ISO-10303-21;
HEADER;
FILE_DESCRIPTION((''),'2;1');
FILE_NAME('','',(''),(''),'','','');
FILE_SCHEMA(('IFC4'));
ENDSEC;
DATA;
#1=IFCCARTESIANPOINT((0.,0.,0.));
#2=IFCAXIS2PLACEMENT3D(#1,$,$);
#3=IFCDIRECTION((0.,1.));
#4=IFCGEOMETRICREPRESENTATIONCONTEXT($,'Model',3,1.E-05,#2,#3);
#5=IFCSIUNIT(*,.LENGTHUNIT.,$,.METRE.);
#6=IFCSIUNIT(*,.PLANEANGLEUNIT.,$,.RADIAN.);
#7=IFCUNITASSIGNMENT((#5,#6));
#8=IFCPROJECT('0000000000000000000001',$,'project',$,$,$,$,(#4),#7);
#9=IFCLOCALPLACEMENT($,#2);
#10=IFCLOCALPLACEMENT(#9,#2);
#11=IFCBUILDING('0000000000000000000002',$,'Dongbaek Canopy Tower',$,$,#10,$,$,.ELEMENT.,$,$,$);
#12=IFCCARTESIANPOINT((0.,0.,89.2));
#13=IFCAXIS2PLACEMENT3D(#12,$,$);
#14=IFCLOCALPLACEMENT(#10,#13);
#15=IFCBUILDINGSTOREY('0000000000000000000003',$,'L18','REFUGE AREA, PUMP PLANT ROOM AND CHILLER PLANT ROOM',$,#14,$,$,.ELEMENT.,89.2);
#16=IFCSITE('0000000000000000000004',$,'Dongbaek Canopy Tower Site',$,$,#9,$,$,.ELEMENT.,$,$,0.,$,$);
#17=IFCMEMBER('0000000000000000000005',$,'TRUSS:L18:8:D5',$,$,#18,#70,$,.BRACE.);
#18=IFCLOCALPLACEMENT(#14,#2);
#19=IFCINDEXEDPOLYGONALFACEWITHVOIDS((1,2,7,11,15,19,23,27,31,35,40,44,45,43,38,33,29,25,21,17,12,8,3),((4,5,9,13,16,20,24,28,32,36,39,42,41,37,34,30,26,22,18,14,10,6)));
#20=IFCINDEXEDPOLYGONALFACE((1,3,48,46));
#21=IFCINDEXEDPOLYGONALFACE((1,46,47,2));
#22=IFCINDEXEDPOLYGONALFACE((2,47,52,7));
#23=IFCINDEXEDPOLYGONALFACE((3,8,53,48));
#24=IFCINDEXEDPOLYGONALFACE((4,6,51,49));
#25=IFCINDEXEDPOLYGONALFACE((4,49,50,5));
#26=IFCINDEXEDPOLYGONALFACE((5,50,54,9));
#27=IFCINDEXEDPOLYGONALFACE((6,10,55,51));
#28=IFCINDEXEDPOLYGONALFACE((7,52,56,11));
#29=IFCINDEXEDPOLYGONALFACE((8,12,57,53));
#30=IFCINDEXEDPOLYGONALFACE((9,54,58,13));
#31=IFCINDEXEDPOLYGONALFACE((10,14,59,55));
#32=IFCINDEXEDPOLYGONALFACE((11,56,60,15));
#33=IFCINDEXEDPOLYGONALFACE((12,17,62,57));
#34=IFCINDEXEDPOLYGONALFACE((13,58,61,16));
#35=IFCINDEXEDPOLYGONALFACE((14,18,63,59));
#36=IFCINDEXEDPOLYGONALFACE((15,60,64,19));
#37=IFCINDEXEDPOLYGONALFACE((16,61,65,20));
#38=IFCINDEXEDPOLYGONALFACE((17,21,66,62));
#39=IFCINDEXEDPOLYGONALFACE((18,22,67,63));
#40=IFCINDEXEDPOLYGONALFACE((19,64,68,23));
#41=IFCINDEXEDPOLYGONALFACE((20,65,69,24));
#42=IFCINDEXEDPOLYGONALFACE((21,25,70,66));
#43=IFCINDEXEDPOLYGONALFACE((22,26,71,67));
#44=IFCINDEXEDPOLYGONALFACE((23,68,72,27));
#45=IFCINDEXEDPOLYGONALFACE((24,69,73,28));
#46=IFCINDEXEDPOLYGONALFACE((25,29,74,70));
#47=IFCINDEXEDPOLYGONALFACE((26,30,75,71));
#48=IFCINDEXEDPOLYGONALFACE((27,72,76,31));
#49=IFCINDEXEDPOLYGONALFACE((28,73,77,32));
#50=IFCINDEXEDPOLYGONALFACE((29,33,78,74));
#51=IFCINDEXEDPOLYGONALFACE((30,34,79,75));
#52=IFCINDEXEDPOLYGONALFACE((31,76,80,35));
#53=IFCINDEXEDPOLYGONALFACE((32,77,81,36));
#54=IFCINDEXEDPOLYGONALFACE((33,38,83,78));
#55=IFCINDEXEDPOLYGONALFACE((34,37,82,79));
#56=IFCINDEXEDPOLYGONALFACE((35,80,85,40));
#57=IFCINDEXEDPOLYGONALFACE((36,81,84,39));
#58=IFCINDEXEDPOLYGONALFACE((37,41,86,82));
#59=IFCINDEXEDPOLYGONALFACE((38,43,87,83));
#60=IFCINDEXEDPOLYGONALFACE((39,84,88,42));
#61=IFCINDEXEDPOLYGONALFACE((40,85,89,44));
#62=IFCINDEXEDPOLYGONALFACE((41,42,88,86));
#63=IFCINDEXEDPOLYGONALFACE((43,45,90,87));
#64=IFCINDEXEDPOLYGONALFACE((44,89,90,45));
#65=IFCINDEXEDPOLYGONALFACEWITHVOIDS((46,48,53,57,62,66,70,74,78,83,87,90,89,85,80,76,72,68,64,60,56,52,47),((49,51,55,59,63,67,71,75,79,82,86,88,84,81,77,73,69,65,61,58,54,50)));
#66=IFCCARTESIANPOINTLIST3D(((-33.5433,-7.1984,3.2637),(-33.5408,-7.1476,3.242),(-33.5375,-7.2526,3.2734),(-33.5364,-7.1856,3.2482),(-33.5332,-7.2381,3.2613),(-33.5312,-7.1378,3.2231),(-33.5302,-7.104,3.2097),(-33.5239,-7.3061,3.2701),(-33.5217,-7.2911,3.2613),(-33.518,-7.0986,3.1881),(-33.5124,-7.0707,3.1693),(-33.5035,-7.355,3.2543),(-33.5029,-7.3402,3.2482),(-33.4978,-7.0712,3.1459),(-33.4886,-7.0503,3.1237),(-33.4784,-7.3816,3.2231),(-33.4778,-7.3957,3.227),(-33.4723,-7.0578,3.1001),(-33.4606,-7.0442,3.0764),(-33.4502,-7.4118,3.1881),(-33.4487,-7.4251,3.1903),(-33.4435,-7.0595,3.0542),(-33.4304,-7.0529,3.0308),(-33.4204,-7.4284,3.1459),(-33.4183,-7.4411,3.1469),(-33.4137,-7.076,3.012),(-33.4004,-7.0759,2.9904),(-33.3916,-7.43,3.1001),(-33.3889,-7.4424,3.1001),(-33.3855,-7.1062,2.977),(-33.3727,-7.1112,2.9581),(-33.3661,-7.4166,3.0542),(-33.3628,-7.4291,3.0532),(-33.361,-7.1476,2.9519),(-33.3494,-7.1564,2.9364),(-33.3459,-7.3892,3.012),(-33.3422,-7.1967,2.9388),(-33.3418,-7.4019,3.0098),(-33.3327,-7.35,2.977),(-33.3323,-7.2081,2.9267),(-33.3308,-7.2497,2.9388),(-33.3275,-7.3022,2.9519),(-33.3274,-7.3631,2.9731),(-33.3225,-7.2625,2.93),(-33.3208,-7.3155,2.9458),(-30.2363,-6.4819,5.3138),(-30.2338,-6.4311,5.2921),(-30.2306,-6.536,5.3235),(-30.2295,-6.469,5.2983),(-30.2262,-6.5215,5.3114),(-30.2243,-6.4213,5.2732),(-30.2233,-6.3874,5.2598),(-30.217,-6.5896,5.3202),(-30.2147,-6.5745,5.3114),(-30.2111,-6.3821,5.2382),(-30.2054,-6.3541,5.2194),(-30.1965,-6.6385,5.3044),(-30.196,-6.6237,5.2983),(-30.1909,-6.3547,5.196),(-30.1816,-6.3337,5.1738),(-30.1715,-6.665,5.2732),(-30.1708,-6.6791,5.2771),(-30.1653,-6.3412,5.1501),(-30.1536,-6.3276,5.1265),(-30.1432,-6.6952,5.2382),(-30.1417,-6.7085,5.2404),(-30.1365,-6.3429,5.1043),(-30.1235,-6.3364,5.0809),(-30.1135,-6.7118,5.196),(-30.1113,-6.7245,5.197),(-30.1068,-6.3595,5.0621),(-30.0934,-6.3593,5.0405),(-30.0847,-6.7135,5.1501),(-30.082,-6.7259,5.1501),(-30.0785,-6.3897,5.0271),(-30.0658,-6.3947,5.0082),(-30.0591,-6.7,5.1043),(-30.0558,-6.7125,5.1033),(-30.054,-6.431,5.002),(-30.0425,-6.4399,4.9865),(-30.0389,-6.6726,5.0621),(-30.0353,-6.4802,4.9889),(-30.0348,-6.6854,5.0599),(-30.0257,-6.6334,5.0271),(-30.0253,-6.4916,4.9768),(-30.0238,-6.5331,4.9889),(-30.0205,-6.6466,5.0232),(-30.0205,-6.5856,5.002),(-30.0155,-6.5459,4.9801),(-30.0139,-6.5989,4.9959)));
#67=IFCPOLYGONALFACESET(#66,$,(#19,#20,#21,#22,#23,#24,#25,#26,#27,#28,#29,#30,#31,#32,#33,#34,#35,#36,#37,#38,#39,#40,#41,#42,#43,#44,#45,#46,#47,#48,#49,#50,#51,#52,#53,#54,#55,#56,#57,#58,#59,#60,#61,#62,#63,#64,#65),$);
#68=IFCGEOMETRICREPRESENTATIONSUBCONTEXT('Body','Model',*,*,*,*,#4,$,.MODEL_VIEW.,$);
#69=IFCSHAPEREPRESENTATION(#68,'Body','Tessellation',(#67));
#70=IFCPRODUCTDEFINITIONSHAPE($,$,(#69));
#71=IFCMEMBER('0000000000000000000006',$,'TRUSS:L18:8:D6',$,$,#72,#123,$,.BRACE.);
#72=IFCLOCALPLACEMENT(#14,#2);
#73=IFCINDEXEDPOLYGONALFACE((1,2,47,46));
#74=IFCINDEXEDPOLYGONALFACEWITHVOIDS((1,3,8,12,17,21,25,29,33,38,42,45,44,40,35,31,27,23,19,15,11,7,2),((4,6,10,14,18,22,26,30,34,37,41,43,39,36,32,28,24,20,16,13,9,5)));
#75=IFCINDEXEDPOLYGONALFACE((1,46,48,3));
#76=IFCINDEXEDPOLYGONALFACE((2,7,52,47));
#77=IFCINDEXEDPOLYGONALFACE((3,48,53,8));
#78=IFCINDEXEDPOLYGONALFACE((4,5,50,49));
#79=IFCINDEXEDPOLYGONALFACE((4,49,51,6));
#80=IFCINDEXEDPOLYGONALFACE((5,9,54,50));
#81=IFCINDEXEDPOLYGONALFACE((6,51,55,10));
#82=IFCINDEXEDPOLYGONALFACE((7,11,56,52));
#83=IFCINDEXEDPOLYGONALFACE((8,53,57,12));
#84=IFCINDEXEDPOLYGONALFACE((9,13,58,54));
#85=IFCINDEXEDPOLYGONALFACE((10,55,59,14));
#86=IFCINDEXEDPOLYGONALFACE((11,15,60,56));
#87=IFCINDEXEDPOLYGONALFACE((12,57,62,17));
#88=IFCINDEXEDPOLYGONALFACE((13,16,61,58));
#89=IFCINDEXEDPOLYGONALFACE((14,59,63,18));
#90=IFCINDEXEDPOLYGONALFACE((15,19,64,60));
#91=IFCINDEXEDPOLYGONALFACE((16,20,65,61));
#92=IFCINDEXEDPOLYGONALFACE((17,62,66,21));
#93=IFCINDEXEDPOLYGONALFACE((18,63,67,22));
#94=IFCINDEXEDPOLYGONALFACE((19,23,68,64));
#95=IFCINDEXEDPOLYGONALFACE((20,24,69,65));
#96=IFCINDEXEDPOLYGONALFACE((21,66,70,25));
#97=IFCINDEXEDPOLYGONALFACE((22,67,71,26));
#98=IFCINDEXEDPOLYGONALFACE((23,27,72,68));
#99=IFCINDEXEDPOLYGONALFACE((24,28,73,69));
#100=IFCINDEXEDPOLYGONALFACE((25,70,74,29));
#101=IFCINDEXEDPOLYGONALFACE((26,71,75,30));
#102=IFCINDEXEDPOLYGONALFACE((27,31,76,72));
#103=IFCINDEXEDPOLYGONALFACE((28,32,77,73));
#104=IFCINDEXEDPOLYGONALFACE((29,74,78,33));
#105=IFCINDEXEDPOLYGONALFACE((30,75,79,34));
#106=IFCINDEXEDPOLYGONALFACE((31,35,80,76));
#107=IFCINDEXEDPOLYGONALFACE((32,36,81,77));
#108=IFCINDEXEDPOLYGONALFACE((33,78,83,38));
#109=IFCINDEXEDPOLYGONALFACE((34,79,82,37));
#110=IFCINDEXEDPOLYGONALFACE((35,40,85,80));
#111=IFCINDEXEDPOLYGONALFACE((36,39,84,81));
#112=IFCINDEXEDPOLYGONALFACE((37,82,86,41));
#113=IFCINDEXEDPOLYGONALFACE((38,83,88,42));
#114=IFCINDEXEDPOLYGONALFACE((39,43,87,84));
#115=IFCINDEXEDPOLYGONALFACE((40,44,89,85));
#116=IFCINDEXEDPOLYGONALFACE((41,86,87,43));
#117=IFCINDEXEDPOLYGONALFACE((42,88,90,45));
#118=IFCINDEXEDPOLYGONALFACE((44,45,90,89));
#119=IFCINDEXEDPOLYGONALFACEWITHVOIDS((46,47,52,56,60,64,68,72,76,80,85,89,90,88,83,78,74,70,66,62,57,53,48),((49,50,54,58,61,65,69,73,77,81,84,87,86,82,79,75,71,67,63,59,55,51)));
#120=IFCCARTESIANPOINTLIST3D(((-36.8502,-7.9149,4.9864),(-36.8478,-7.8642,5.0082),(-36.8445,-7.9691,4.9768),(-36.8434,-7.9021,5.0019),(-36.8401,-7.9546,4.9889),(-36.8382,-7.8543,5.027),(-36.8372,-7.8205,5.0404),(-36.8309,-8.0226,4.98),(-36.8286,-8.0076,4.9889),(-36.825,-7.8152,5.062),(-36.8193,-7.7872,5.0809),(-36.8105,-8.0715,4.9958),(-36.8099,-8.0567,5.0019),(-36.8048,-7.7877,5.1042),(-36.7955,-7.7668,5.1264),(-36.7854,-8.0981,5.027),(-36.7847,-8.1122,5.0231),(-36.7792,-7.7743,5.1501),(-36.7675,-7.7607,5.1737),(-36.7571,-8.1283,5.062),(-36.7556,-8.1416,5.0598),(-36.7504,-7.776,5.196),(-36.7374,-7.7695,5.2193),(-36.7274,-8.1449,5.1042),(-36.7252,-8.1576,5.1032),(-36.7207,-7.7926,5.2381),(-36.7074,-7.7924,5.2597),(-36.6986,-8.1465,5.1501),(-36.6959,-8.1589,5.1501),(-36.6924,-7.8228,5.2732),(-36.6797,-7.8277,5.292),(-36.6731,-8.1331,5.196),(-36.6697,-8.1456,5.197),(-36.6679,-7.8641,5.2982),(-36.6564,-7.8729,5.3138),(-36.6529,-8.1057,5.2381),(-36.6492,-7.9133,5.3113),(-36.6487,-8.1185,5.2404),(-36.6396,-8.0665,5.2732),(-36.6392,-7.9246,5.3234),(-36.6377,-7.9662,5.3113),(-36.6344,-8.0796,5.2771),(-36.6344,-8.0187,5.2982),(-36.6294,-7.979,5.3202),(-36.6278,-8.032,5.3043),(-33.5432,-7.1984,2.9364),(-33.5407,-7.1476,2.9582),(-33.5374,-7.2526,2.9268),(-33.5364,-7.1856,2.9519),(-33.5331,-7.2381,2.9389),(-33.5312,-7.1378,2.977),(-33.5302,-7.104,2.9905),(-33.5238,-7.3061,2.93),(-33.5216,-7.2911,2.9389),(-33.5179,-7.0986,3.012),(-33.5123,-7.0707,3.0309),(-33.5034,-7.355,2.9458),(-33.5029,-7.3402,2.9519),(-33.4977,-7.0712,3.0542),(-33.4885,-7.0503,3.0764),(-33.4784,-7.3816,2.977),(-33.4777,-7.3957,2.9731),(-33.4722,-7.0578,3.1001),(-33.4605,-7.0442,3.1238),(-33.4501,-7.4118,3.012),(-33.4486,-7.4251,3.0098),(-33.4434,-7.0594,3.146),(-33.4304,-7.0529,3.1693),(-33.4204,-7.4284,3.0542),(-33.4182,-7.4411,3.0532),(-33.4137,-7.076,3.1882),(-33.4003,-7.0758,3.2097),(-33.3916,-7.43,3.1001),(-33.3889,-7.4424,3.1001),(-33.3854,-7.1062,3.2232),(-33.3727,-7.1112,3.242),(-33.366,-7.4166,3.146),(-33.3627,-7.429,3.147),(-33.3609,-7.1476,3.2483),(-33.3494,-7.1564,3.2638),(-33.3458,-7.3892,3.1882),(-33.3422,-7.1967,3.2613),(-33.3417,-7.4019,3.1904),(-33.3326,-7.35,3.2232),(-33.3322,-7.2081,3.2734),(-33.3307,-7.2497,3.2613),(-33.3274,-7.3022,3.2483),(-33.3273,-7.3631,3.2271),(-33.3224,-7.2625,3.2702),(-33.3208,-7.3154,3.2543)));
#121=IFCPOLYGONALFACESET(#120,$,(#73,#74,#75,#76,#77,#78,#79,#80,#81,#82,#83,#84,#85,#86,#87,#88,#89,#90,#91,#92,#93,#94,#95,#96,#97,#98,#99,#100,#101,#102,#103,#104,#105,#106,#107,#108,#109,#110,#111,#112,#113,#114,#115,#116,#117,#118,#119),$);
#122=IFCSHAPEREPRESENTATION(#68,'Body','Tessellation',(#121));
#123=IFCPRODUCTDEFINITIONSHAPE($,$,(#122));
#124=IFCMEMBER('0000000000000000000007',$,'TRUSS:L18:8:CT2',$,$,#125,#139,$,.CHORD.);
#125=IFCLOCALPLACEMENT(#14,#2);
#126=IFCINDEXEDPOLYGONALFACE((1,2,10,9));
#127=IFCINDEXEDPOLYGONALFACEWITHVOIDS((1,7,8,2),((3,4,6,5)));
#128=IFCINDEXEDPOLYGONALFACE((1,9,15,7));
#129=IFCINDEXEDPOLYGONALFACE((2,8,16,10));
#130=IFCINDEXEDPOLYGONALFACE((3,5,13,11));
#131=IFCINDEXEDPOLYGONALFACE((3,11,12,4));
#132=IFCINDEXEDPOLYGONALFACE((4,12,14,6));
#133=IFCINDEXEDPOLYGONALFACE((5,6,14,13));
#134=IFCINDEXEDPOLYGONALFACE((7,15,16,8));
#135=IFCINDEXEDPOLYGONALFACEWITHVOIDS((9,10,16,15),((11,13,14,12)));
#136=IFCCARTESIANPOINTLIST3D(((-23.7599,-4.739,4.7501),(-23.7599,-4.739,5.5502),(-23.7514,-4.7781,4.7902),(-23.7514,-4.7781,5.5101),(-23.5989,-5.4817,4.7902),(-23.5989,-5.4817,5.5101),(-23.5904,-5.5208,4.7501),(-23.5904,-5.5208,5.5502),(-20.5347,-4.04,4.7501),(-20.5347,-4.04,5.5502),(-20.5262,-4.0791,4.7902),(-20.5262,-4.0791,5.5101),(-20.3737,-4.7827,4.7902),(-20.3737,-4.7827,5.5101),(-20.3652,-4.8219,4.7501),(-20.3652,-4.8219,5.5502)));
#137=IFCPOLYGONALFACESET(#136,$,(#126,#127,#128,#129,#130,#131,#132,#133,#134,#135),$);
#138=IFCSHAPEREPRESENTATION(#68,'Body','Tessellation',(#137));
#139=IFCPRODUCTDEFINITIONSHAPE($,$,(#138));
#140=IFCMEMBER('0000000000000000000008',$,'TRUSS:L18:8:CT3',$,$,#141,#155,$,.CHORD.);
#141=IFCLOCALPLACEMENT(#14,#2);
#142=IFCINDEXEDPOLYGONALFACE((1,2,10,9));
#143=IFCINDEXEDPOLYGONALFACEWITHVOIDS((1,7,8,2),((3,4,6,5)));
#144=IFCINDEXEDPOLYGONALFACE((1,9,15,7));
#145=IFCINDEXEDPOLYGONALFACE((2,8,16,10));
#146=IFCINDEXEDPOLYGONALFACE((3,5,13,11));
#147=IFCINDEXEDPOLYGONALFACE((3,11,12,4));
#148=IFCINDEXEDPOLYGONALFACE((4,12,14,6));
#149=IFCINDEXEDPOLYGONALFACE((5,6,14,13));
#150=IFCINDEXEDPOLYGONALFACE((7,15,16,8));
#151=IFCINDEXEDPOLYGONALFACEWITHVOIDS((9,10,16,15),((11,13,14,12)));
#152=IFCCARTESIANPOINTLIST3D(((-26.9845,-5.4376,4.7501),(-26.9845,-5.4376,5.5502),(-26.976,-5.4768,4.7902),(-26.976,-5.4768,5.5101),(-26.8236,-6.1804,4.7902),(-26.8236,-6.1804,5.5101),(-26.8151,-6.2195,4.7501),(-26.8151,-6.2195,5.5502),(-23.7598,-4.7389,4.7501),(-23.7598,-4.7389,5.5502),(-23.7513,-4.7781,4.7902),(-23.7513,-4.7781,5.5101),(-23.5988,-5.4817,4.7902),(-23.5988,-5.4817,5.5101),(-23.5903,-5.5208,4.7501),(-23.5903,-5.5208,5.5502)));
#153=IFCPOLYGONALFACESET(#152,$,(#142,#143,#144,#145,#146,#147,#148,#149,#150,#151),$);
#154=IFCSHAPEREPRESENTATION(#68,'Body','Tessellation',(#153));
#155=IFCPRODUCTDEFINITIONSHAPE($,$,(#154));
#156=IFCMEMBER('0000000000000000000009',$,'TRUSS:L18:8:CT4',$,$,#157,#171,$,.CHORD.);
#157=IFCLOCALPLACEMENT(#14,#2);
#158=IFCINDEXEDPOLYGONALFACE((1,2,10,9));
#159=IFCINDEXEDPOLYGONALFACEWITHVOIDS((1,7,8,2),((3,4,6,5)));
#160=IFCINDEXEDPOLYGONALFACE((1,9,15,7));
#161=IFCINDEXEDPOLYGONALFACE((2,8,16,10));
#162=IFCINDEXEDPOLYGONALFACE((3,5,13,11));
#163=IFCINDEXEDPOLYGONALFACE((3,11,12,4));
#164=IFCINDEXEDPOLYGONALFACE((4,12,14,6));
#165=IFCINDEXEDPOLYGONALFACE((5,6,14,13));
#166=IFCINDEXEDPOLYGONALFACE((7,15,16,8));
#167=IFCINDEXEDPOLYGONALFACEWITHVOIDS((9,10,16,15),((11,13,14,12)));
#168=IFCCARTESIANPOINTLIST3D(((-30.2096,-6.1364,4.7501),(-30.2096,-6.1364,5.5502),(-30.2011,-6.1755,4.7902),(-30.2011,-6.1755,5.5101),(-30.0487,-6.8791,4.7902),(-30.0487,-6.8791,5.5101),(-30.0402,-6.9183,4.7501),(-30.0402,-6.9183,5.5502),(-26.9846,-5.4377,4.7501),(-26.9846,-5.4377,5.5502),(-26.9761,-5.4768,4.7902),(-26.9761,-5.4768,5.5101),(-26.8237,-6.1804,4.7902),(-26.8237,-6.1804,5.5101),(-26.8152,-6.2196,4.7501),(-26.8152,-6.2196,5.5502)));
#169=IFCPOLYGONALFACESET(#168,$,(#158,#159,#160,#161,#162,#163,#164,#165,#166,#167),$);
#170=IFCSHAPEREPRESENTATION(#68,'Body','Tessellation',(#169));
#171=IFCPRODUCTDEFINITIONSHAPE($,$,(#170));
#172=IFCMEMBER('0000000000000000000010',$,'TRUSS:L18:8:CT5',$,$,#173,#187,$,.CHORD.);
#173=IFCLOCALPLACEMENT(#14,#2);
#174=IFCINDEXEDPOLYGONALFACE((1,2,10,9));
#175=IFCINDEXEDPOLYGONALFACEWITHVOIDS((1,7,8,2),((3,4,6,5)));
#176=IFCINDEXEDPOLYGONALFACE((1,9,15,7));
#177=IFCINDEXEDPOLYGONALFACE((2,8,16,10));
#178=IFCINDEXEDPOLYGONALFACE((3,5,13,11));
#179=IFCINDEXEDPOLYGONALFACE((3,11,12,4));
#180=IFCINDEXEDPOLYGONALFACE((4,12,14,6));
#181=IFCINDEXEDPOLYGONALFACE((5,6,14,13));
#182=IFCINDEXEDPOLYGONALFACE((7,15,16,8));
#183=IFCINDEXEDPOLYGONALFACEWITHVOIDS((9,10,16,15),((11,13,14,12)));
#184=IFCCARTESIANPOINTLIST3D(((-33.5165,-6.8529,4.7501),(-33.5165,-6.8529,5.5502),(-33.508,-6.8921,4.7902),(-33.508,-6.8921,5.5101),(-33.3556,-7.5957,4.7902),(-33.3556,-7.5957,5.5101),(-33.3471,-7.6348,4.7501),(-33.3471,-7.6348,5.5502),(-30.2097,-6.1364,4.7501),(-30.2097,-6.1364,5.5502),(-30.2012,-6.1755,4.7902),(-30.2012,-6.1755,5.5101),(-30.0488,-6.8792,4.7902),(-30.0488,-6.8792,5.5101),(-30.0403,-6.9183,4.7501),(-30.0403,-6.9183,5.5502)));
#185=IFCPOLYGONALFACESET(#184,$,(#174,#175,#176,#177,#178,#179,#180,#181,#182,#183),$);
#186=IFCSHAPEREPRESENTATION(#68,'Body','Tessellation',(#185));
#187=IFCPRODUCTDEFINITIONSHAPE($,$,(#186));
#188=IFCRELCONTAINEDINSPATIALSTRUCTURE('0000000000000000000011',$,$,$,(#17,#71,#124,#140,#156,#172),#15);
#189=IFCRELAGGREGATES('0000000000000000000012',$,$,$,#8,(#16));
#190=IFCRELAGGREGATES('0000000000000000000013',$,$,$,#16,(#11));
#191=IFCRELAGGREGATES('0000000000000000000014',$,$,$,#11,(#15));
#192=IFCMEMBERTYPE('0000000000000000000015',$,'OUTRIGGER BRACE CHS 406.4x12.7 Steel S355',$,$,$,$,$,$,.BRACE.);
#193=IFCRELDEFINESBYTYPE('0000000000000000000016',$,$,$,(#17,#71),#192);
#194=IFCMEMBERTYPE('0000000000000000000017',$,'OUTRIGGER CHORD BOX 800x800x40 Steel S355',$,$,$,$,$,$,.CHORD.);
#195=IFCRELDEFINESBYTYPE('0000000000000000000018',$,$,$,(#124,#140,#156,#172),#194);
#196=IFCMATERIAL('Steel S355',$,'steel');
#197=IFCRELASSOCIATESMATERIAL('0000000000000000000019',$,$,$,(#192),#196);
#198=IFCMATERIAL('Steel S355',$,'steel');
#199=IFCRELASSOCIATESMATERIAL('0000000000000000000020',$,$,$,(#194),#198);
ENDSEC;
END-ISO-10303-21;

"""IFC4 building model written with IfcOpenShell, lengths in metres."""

from ifc_helpers import new_model, si_unit, direction, frame, origin, origin_2d, place, context, subcontext, project, spatial, hollow_rectangle, hollow_circle, extrude, material, material_profile, profile_set, type_object, element, save


model = new_model("IFC4")

# Units and contexts
model_context = context("Model", 3, precision=1e-05, world=origin(), true_north=direction((0.0, 1.0)))
body_context = subcontext(model_context, "Body", "Model", "MODEL_VIEW")
ifc_project = project(units=[si_unit("LENGTHUNIT", "METRE"), si_unit("PLANEANGLEUNIT", "RADIAN")], contexts=[model_context])

# Site, building, storey
site_placement = place(None, origin())
site = spatial("IfcSite", under=ifc_project, at=site_placement, Name="Dongbaek Canopy Tower Site", CompositionType="ELEMENT", RefElevation=0.0)
building_placement = place(site_placement, origin())
building = spatial("IfcBuilding", under=site, at=building_placement, Name="Dongbaek Canopy Tower", CompositionType="ELEMENT")
storey_placement = place(building_placement, frame((0.0, 0.0, 89.2)))
storey = spatial("IfcBuildingStorey", under=building, at=storey_placement, Name="L18", Description="REFUGE AREA, PUMP PLANT ROOM AND CHILLER PLANT ROOM", CompositionType="ELEMENT", Elevation=89.2)

# Members
ifc_material_1 = material(Name="Steel S355", Category="steel")
ifc_material_profile_1 = material_profile(ifc_material_1, hollow_circle(Radius=0.2031, WallThickness=0.0127, at=origin_2d()), Name="OUTRIGGER BRACE CHS 406.4x12.7 Steel S355")
ifc_profile_set_1 = profile_set([ifc_material_profile_1], Name="Steel S355")
member_type_1 = type_object("IfcMemberType", Name="OUTRIGGER BRACE CHS 406.4x12.7 Steel S355", PredefinedType="BRACE", material=ifc_profile_set_1)
for number, where, z_axis, x_axis, name in (
    (1, (-30.125, -6.5273, 5.1501), (-0.835871, -0.181121, -0.518184), (0.211771, -0.977319, 0.0), "TRUSS:L18:8:D5"),
    (2, (-33.4319, -7.2439, 3.1001), (-0.835889, -0.181111, 0.518158), (0.211756, -0.977323, 0.0), "TRUSS:L18:8:D6"),
):
    element("IfcMember", number, at=place(storey_placement, frame(where, z_axis=z_axis, x_axis=x_axis)), inside=storey, type_object=member_type_1, Name=name, PredefinedType="BRACE", context=body_context, shape_type="SweptSolid", body=[
        extrude(hollow_circle(Radius=0.2031, WallThickness=0.0127, at=origin_2d()), origin(), (0.0, 0.0, 1.0), 3.9563),
    ])
ifc_material_2 = material(Name="Steel S355", Category="steel")
ifc_material_profile_2 = material_profile(ifc_material_2, hollow_rectangle(XDim=0.8, YDim=0.8, WallThickness=0.04, at=origin_2d()), Name="OUTRIGGER CHORD BOX 800x800x40 Steel S355")
ifc_profile_set_2 = profile_set([ifc_material_profile_2], Name="Steel S355")
member_type_2 = type_object("IfcMemberType", Name="OUTRIGGER CHORD BOX 800x800x40 Steel S355", PredefinedType="CHORD", material=ifc_profile_set_2)
member_1_placement = place(storey_placement, frame((-20.45, -4.4309, 5.1501), z_axis=(-0.97731, -0.211812, 0.0), x_axis=(0.211812, -0.97731, 0.0)))
element("IfcMember", 3, at=member_1_placement, inside=storey, type_object=member_type_2, Name="TRUSS:L18:8:CT2", PredefinedType="CHORD", context=body_context, shape_type="SweptSolid", body=[
    extrude(hollow_rectangle(XDim=0.8, YDim=0.8, WallThickness=0.04, at=origin_2d()), origin(), (0.0, 0.0, 1.0), 3.3),
])
member_2_placement = place(storey_placement, frame((-23.675, -5.1299, 5.1501), z_axis=(-0.977322, -0.211757, 0.0), x_axis=(0.211757, -0.977322, 0.0)))
element("IfcMember", 4, at=member_2_placement, inside=storey, type_object=member_type_2, Name="TRUSS:L18:8:CT3", PredefinedType="CHORD", context=body_context, shape_type="SweptSolid", body=[
    extrude(hollow_rectangle(XDim=0.8, YDim=0.8, WallThickness=0.04, at=origin_2d()), origin(), (0.0, 0.0, 1.0), 3.2996),
])
member_3_placement = place(storey_placement, frame((-26.8999, -5.8286, 5.1501), z_axis=(-0.977326, -0.211742, 0.0), x_axis=(0.211742, -0.977326, 0.0)))
element("IfcMember", 5, at=member_3_placement, inside=storey, type_object=member_type_2, Name="TRUSS:L18:8:CT4", PredefinedType="CHORD", context=body_context, shape_type="SweptSolid", body=[
    extrude(hollow_rectangle(XDim=0.8, YDim=0.8, WallThickness=0.04, at=origin_2d()), origin(), (0.0, 0.0, 1.0), 3.2998),
])
member_4_placement = place(storey_placement, frame((-30.125, -6.5273, 5.1501), z_axis=(-0.977319, -0.211771, 0.0), x_axis=(0.211771, -0.977319, 0.0)))
element("IfcMember", 6, at=member_4_placement, inside=storey, type_object=member_type_2, Name="TRUSS:L18:8:CT5", PredefinedType="CHORD", context=body_context, shape_type="SweptSolid", body=[
    extrude(hollow_rectangle(XDim=0.8, YDim=0.8, WallThickness=0.04, at=origin_2d()), origin(), (0.0, 0.0, 1.0), 3.3835),
])

save(model, "model.ifc")
